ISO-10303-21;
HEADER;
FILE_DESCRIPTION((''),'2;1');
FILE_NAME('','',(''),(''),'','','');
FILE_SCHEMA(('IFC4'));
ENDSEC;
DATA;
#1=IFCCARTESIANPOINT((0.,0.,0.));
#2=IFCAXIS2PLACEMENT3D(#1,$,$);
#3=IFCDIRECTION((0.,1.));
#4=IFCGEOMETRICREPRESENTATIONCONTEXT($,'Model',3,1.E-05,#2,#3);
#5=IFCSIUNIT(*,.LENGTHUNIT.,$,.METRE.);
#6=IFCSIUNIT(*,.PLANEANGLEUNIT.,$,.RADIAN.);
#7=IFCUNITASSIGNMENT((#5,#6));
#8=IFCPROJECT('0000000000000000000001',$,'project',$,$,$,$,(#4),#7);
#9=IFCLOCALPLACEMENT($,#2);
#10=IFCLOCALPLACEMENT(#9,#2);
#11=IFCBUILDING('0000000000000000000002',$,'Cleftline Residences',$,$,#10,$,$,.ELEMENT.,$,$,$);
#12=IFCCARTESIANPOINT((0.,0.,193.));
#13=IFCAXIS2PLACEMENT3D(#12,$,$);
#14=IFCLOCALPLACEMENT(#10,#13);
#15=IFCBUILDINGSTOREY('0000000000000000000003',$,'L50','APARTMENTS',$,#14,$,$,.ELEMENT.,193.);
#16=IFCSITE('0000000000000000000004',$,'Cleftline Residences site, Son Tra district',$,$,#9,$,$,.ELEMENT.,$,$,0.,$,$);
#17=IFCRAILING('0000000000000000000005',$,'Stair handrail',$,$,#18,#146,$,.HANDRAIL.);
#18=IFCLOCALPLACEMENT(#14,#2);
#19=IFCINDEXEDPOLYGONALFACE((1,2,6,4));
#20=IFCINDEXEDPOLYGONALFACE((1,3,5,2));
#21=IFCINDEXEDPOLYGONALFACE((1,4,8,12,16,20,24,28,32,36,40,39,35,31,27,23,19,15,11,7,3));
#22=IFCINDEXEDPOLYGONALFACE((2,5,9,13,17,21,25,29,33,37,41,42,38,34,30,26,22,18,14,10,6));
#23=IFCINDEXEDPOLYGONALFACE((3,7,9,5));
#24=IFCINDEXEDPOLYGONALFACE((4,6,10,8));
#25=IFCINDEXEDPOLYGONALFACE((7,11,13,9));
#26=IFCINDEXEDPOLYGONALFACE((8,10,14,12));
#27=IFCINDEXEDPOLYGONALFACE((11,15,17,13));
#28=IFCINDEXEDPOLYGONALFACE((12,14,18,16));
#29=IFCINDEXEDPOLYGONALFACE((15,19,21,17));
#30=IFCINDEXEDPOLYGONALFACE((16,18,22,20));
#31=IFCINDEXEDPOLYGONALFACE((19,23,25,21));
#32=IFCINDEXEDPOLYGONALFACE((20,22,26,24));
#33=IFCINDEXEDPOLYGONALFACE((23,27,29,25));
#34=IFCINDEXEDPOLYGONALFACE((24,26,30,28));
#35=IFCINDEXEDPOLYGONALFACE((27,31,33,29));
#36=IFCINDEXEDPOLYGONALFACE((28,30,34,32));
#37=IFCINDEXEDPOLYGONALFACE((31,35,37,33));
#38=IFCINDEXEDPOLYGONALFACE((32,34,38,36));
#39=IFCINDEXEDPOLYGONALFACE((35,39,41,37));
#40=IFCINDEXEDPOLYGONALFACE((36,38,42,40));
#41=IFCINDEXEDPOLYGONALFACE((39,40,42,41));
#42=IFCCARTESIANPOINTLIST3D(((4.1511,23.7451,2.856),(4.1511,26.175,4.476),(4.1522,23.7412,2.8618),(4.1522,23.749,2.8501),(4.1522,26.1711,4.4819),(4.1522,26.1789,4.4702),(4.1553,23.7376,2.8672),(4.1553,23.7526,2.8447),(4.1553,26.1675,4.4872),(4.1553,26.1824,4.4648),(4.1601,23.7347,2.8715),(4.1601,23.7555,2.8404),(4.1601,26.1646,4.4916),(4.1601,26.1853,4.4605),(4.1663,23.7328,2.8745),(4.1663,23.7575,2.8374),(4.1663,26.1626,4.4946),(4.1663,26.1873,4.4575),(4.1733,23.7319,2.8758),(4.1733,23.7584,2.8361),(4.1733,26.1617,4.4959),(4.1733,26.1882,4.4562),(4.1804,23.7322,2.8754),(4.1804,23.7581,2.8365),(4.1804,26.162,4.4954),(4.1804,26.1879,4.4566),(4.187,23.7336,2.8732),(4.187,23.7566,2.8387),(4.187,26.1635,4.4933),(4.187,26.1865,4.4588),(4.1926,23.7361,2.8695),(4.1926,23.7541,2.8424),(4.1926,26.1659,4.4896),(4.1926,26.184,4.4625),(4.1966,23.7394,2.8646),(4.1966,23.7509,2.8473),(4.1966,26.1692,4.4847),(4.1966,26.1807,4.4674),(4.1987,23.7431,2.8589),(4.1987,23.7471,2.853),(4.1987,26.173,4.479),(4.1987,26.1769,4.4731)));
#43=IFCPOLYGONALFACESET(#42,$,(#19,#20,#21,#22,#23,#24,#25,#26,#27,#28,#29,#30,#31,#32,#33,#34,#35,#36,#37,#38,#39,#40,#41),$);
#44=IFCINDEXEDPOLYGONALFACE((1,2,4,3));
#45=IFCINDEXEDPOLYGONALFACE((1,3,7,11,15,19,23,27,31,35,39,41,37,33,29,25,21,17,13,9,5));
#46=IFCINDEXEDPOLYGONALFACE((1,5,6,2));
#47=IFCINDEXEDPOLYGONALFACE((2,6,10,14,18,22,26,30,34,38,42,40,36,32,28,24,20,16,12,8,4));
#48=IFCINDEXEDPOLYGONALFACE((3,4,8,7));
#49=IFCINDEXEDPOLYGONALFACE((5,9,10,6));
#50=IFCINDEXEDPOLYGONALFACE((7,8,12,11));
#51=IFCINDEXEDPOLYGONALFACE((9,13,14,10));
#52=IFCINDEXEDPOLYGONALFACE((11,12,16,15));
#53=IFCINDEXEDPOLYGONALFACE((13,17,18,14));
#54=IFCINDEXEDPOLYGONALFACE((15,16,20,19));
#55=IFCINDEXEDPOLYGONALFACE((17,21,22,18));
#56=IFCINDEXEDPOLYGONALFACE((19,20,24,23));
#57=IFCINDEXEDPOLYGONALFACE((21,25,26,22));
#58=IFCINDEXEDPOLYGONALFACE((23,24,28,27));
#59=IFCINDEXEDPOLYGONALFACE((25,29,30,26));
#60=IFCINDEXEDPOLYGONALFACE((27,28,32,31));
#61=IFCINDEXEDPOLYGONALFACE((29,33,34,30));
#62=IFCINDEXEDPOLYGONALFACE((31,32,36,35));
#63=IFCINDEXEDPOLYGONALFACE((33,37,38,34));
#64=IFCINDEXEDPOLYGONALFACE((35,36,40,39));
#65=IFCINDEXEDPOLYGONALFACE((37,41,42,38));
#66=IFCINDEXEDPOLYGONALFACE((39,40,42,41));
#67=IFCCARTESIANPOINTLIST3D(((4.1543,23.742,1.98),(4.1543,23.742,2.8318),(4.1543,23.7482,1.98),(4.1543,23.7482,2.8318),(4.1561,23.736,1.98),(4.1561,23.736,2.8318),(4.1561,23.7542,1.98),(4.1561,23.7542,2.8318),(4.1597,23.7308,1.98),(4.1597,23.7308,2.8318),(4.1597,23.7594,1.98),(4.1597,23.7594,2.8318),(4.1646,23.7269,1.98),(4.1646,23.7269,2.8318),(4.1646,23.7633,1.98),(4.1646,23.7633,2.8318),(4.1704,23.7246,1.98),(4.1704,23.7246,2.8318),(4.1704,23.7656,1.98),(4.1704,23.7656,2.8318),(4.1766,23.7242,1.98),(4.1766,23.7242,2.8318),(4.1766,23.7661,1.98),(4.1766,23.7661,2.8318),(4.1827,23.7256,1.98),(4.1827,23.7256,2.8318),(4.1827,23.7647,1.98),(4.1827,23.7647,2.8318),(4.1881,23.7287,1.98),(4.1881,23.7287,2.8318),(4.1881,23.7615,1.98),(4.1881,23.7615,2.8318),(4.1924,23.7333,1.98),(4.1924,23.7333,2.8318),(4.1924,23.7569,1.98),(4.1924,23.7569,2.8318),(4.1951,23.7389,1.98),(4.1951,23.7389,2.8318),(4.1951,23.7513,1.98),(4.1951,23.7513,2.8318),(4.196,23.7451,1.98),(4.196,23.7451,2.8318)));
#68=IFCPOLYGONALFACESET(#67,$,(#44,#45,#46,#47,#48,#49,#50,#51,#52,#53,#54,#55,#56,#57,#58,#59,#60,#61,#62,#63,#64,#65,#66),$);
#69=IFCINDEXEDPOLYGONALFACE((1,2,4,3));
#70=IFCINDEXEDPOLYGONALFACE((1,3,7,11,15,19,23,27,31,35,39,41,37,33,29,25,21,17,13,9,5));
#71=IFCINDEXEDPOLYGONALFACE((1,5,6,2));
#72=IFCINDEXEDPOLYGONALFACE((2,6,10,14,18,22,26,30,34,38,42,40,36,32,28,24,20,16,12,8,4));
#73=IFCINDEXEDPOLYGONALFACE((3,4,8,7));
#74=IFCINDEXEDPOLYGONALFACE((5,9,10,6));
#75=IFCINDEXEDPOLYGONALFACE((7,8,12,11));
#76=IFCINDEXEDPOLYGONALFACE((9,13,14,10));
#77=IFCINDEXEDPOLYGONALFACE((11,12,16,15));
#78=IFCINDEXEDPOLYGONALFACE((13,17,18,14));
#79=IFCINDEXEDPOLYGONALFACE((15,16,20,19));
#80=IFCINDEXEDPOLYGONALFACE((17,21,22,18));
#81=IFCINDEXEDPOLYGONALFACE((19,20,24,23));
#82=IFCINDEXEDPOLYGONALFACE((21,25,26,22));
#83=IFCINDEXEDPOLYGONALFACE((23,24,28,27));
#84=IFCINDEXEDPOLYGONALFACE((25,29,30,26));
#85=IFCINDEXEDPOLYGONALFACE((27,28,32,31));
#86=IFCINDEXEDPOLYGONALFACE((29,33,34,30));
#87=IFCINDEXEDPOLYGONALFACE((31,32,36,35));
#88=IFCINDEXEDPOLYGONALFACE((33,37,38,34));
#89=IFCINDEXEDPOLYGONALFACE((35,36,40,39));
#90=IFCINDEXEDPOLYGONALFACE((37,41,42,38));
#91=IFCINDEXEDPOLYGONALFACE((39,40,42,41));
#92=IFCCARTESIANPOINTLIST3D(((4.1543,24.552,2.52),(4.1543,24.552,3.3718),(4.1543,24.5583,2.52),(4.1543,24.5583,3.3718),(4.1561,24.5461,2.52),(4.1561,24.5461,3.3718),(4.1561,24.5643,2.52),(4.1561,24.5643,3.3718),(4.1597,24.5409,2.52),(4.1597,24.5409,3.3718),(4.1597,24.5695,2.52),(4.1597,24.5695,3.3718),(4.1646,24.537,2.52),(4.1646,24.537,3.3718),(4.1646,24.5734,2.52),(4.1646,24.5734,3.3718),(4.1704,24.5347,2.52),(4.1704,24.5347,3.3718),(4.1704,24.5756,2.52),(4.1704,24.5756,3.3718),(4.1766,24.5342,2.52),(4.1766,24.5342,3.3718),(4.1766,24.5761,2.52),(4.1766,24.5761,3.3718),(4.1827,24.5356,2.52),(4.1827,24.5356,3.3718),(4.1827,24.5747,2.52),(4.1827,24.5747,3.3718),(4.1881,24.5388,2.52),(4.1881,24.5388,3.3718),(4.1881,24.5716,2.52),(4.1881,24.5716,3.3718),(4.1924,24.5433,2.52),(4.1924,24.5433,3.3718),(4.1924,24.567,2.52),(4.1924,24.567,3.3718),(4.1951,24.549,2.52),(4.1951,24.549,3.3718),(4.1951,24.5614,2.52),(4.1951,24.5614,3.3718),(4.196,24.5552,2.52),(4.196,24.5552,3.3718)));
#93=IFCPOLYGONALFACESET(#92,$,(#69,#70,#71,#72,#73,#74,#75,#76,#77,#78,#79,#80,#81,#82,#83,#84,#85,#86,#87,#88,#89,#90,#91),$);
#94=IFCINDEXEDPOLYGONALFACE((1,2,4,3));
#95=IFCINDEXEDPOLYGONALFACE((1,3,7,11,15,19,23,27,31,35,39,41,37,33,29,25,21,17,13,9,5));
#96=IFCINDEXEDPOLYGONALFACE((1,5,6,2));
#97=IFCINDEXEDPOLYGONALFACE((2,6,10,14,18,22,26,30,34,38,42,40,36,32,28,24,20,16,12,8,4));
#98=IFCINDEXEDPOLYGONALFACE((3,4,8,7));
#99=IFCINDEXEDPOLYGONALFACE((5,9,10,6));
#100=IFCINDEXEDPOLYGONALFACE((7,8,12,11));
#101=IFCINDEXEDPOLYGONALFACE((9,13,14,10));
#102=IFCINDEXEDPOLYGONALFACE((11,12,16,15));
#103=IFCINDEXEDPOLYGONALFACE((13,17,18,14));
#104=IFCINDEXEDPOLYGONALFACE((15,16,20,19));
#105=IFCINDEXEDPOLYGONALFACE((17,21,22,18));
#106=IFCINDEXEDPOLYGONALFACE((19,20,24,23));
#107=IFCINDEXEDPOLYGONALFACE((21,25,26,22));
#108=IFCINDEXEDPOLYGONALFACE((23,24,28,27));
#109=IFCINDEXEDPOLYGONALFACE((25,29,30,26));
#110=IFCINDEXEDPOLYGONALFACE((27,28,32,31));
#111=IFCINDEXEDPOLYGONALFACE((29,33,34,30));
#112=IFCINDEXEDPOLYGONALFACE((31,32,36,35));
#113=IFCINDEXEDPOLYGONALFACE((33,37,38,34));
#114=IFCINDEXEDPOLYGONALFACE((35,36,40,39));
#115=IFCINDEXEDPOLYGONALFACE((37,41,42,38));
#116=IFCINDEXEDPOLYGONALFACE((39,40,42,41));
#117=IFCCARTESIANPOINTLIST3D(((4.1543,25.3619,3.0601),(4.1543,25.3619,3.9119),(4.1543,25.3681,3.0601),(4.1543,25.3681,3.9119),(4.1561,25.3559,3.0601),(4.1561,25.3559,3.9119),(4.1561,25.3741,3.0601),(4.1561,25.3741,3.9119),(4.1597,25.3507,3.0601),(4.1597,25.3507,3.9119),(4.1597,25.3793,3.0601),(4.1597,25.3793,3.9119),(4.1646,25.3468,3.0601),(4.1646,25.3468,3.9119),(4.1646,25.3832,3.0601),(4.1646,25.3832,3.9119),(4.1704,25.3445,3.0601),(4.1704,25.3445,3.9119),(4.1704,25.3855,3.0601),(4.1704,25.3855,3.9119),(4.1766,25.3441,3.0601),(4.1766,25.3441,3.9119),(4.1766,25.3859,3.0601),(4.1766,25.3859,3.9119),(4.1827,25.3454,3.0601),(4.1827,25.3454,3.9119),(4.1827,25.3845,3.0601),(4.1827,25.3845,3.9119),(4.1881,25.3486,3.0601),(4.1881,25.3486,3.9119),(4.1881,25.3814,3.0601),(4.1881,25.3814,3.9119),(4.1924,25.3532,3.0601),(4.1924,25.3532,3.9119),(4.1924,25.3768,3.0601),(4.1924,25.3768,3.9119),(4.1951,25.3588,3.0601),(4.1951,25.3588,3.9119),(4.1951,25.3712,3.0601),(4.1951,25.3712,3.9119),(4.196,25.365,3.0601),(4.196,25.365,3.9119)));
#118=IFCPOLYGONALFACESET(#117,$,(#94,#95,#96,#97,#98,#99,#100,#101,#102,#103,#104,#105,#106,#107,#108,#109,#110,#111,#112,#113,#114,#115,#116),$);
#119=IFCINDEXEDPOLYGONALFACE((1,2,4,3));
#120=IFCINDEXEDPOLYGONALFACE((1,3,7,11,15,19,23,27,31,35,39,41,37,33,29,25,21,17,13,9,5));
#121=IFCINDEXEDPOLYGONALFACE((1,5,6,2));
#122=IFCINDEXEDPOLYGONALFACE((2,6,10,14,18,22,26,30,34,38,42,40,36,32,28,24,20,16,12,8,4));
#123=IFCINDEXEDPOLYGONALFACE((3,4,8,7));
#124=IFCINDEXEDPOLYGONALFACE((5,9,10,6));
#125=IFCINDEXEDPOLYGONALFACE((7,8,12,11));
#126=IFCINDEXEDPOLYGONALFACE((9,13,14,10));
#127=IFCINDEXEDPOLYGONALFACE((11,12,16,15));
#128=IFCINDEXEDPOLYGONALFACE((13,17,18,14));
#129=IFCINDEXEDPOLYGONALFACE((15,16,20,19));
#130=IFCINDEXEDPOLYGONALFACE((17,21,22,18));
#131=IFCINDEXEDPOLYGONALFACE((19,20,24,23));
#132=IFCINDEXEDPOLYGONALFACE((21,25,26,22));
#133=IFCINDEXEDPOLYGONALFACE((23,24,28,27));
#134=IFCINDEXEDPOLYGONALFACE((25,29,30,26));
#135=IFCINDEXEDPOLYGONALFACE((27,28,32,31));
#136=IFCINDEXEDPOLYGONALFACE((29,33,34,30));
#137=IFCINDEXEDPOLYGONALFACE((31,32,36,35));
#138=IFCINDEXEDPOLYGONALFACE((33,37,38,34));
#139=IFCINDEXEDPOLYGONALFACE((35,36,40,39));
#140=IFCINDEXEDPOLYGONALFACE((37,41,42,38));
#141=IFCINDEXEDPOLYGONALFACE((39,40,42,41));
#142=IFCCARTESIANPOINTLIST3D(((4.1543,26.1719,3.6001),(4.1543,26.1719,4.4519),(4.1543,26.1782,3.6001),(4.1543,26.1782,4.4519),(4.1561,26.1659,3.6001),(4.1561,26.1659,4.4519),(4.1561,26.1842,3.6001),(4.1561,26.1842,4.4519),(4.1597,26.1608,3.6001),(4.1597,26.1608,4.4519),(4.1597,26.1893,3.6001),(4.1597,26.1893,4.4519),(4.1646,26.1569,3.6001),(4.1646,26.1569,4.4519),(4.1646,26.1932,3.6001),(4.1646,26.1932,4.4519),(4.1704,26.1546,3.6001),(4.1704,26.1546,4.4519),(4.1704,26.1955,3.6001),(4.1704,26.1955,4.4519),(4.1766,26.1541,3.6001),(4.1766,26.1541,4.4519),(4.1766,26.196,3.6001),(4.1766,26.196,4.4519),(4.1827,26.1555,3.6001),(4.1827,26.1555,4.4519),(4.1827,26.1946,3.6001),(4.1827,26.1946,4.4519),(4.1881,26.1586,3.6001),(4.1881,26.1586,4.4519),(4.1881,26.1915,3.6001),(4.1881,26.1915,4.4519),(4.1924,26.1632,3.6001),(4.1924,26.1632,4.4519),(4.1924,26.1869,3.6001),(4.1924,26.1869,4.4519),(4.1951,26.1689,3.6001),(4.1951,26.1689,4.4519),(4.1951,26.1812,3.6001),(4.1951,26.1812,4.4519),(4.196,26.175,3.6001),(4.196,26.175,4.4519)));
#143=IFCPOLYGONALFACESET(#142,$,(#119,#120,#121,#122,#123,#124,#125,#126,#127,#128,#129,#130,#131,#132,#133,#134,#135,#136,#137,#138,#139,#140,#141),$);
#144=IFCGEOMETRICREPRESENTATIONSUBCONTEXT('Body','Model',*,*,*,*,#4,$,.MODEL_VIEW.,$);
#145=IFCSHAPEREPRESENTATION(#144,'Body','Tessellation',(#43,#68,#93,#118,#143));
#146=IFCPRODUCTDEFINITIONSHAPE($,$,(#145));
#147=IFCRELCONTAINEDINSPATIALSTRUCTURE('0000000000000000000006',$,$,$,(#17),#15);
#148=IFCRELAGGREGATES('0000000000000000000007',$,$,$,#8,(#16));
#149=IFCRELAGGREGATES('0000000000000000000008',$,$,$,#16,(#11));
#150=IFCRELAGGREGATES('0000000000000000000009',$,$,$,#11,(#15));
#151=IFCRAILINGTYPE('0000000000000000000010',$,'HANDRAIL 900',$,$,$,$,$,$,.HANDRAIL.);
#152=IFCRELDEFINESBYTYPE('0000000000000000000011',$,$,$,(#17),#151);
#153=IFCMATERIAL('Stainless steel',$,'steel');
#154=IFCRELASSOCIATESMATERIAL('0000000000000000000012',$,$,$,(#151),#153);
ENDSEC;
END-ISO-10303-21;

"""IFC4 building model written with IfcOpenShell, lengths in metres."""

from ifc_helpers import new_model, si_unit, direction, frame, origin, origin_2d, place, context, subcontext, project, spatial, circle, extrude, material, type_object, element, save


model = new_model("IFC4")

# Units and contexts
model_context = context("Model", 3, precision=1e-05, world=origin(), true_north=direction((0.0, 1.0)))
body_context = subcontext(model_context, "Body", "Model", "MODEL_VIEW")
ifc_project = project(units=[si_unit("LENGTHUNIT", "METRE"), si_unit("PLANEANGLEUNIT", "RADIAN")], contexts=[model_context])

# Site, building, storey
site_placement = place(None, origin())
site = spatial("IfcSite", under=ifc_project, at=site_placement, Name="Cleftline Residences site, Son Tra district", CompositionType="ELEMENT", RefElevation=0.0)
building_placement = place(site_placement, origin())
building = spatial("IfcBuilding", under=site, at=building_placement, Name="Cleftline Residences", CompositionType="ELEMENT")
storey_placement = place(building_placement, frame((0.0, 0.0, 193.0)))
storey = spatial("IfcBuildingStorey", under=building, at=storey_placement, Name="L50", Description="APARTMENTS", CompositionType="ELEMENT", Elevation=193.0)

# Railing
ifc_material_1 = material(Name="Stainless steel", Category="steel")
railing_type = type_object("IfcRailingType", Name="HANDRAIL 900", PredefinedType="HANDRAIL", material=ifc_material_1)
railing_1_placement = place(storey_placement, frame((4.175, 23.7451, 1.98)))
element("IfcRailing", 1, at=railing_1_placement, inside=storey, type_object=railing_type, Name="Stair handrail", PredefinedType="HANDRAIL", context=body_context, shape_type="SweptSolid", body=[
    extrude(circle(Radius=0.0239, at=origin_2d()), frame((0.0, 0.0, 0.876), z_axis=(0.0, 0.832025, 0.554739), x_axis=(-1.0, 0.0, 0.0)), (0.0, 0.0, 1.0), 2.9204),
    extrude(circle(Radius=0.021, at=origin_2d()), origin(), (0.0, 0.0, 1.0), 0.8518),
    extrude(circle(Radius=0.021, at=origin_2d()), frame((0.0, 0.8101, 0.54)), (0.0, 0.0, 1.0), 0.8518),
    extrude(circle(Radius=0.021, at=origin_2d()), frame((0.0, 1.6199, 1.0801)), (0.0, 0.0, 1.0), 0.8518),
    extrude(circle(Radius=0.021, at=origin_2d()), frame((0.0, 2.4299, 1.6201)), (0.0, 0.0, 1.0), 0.8518),
])

save(model, "model.ifc")
